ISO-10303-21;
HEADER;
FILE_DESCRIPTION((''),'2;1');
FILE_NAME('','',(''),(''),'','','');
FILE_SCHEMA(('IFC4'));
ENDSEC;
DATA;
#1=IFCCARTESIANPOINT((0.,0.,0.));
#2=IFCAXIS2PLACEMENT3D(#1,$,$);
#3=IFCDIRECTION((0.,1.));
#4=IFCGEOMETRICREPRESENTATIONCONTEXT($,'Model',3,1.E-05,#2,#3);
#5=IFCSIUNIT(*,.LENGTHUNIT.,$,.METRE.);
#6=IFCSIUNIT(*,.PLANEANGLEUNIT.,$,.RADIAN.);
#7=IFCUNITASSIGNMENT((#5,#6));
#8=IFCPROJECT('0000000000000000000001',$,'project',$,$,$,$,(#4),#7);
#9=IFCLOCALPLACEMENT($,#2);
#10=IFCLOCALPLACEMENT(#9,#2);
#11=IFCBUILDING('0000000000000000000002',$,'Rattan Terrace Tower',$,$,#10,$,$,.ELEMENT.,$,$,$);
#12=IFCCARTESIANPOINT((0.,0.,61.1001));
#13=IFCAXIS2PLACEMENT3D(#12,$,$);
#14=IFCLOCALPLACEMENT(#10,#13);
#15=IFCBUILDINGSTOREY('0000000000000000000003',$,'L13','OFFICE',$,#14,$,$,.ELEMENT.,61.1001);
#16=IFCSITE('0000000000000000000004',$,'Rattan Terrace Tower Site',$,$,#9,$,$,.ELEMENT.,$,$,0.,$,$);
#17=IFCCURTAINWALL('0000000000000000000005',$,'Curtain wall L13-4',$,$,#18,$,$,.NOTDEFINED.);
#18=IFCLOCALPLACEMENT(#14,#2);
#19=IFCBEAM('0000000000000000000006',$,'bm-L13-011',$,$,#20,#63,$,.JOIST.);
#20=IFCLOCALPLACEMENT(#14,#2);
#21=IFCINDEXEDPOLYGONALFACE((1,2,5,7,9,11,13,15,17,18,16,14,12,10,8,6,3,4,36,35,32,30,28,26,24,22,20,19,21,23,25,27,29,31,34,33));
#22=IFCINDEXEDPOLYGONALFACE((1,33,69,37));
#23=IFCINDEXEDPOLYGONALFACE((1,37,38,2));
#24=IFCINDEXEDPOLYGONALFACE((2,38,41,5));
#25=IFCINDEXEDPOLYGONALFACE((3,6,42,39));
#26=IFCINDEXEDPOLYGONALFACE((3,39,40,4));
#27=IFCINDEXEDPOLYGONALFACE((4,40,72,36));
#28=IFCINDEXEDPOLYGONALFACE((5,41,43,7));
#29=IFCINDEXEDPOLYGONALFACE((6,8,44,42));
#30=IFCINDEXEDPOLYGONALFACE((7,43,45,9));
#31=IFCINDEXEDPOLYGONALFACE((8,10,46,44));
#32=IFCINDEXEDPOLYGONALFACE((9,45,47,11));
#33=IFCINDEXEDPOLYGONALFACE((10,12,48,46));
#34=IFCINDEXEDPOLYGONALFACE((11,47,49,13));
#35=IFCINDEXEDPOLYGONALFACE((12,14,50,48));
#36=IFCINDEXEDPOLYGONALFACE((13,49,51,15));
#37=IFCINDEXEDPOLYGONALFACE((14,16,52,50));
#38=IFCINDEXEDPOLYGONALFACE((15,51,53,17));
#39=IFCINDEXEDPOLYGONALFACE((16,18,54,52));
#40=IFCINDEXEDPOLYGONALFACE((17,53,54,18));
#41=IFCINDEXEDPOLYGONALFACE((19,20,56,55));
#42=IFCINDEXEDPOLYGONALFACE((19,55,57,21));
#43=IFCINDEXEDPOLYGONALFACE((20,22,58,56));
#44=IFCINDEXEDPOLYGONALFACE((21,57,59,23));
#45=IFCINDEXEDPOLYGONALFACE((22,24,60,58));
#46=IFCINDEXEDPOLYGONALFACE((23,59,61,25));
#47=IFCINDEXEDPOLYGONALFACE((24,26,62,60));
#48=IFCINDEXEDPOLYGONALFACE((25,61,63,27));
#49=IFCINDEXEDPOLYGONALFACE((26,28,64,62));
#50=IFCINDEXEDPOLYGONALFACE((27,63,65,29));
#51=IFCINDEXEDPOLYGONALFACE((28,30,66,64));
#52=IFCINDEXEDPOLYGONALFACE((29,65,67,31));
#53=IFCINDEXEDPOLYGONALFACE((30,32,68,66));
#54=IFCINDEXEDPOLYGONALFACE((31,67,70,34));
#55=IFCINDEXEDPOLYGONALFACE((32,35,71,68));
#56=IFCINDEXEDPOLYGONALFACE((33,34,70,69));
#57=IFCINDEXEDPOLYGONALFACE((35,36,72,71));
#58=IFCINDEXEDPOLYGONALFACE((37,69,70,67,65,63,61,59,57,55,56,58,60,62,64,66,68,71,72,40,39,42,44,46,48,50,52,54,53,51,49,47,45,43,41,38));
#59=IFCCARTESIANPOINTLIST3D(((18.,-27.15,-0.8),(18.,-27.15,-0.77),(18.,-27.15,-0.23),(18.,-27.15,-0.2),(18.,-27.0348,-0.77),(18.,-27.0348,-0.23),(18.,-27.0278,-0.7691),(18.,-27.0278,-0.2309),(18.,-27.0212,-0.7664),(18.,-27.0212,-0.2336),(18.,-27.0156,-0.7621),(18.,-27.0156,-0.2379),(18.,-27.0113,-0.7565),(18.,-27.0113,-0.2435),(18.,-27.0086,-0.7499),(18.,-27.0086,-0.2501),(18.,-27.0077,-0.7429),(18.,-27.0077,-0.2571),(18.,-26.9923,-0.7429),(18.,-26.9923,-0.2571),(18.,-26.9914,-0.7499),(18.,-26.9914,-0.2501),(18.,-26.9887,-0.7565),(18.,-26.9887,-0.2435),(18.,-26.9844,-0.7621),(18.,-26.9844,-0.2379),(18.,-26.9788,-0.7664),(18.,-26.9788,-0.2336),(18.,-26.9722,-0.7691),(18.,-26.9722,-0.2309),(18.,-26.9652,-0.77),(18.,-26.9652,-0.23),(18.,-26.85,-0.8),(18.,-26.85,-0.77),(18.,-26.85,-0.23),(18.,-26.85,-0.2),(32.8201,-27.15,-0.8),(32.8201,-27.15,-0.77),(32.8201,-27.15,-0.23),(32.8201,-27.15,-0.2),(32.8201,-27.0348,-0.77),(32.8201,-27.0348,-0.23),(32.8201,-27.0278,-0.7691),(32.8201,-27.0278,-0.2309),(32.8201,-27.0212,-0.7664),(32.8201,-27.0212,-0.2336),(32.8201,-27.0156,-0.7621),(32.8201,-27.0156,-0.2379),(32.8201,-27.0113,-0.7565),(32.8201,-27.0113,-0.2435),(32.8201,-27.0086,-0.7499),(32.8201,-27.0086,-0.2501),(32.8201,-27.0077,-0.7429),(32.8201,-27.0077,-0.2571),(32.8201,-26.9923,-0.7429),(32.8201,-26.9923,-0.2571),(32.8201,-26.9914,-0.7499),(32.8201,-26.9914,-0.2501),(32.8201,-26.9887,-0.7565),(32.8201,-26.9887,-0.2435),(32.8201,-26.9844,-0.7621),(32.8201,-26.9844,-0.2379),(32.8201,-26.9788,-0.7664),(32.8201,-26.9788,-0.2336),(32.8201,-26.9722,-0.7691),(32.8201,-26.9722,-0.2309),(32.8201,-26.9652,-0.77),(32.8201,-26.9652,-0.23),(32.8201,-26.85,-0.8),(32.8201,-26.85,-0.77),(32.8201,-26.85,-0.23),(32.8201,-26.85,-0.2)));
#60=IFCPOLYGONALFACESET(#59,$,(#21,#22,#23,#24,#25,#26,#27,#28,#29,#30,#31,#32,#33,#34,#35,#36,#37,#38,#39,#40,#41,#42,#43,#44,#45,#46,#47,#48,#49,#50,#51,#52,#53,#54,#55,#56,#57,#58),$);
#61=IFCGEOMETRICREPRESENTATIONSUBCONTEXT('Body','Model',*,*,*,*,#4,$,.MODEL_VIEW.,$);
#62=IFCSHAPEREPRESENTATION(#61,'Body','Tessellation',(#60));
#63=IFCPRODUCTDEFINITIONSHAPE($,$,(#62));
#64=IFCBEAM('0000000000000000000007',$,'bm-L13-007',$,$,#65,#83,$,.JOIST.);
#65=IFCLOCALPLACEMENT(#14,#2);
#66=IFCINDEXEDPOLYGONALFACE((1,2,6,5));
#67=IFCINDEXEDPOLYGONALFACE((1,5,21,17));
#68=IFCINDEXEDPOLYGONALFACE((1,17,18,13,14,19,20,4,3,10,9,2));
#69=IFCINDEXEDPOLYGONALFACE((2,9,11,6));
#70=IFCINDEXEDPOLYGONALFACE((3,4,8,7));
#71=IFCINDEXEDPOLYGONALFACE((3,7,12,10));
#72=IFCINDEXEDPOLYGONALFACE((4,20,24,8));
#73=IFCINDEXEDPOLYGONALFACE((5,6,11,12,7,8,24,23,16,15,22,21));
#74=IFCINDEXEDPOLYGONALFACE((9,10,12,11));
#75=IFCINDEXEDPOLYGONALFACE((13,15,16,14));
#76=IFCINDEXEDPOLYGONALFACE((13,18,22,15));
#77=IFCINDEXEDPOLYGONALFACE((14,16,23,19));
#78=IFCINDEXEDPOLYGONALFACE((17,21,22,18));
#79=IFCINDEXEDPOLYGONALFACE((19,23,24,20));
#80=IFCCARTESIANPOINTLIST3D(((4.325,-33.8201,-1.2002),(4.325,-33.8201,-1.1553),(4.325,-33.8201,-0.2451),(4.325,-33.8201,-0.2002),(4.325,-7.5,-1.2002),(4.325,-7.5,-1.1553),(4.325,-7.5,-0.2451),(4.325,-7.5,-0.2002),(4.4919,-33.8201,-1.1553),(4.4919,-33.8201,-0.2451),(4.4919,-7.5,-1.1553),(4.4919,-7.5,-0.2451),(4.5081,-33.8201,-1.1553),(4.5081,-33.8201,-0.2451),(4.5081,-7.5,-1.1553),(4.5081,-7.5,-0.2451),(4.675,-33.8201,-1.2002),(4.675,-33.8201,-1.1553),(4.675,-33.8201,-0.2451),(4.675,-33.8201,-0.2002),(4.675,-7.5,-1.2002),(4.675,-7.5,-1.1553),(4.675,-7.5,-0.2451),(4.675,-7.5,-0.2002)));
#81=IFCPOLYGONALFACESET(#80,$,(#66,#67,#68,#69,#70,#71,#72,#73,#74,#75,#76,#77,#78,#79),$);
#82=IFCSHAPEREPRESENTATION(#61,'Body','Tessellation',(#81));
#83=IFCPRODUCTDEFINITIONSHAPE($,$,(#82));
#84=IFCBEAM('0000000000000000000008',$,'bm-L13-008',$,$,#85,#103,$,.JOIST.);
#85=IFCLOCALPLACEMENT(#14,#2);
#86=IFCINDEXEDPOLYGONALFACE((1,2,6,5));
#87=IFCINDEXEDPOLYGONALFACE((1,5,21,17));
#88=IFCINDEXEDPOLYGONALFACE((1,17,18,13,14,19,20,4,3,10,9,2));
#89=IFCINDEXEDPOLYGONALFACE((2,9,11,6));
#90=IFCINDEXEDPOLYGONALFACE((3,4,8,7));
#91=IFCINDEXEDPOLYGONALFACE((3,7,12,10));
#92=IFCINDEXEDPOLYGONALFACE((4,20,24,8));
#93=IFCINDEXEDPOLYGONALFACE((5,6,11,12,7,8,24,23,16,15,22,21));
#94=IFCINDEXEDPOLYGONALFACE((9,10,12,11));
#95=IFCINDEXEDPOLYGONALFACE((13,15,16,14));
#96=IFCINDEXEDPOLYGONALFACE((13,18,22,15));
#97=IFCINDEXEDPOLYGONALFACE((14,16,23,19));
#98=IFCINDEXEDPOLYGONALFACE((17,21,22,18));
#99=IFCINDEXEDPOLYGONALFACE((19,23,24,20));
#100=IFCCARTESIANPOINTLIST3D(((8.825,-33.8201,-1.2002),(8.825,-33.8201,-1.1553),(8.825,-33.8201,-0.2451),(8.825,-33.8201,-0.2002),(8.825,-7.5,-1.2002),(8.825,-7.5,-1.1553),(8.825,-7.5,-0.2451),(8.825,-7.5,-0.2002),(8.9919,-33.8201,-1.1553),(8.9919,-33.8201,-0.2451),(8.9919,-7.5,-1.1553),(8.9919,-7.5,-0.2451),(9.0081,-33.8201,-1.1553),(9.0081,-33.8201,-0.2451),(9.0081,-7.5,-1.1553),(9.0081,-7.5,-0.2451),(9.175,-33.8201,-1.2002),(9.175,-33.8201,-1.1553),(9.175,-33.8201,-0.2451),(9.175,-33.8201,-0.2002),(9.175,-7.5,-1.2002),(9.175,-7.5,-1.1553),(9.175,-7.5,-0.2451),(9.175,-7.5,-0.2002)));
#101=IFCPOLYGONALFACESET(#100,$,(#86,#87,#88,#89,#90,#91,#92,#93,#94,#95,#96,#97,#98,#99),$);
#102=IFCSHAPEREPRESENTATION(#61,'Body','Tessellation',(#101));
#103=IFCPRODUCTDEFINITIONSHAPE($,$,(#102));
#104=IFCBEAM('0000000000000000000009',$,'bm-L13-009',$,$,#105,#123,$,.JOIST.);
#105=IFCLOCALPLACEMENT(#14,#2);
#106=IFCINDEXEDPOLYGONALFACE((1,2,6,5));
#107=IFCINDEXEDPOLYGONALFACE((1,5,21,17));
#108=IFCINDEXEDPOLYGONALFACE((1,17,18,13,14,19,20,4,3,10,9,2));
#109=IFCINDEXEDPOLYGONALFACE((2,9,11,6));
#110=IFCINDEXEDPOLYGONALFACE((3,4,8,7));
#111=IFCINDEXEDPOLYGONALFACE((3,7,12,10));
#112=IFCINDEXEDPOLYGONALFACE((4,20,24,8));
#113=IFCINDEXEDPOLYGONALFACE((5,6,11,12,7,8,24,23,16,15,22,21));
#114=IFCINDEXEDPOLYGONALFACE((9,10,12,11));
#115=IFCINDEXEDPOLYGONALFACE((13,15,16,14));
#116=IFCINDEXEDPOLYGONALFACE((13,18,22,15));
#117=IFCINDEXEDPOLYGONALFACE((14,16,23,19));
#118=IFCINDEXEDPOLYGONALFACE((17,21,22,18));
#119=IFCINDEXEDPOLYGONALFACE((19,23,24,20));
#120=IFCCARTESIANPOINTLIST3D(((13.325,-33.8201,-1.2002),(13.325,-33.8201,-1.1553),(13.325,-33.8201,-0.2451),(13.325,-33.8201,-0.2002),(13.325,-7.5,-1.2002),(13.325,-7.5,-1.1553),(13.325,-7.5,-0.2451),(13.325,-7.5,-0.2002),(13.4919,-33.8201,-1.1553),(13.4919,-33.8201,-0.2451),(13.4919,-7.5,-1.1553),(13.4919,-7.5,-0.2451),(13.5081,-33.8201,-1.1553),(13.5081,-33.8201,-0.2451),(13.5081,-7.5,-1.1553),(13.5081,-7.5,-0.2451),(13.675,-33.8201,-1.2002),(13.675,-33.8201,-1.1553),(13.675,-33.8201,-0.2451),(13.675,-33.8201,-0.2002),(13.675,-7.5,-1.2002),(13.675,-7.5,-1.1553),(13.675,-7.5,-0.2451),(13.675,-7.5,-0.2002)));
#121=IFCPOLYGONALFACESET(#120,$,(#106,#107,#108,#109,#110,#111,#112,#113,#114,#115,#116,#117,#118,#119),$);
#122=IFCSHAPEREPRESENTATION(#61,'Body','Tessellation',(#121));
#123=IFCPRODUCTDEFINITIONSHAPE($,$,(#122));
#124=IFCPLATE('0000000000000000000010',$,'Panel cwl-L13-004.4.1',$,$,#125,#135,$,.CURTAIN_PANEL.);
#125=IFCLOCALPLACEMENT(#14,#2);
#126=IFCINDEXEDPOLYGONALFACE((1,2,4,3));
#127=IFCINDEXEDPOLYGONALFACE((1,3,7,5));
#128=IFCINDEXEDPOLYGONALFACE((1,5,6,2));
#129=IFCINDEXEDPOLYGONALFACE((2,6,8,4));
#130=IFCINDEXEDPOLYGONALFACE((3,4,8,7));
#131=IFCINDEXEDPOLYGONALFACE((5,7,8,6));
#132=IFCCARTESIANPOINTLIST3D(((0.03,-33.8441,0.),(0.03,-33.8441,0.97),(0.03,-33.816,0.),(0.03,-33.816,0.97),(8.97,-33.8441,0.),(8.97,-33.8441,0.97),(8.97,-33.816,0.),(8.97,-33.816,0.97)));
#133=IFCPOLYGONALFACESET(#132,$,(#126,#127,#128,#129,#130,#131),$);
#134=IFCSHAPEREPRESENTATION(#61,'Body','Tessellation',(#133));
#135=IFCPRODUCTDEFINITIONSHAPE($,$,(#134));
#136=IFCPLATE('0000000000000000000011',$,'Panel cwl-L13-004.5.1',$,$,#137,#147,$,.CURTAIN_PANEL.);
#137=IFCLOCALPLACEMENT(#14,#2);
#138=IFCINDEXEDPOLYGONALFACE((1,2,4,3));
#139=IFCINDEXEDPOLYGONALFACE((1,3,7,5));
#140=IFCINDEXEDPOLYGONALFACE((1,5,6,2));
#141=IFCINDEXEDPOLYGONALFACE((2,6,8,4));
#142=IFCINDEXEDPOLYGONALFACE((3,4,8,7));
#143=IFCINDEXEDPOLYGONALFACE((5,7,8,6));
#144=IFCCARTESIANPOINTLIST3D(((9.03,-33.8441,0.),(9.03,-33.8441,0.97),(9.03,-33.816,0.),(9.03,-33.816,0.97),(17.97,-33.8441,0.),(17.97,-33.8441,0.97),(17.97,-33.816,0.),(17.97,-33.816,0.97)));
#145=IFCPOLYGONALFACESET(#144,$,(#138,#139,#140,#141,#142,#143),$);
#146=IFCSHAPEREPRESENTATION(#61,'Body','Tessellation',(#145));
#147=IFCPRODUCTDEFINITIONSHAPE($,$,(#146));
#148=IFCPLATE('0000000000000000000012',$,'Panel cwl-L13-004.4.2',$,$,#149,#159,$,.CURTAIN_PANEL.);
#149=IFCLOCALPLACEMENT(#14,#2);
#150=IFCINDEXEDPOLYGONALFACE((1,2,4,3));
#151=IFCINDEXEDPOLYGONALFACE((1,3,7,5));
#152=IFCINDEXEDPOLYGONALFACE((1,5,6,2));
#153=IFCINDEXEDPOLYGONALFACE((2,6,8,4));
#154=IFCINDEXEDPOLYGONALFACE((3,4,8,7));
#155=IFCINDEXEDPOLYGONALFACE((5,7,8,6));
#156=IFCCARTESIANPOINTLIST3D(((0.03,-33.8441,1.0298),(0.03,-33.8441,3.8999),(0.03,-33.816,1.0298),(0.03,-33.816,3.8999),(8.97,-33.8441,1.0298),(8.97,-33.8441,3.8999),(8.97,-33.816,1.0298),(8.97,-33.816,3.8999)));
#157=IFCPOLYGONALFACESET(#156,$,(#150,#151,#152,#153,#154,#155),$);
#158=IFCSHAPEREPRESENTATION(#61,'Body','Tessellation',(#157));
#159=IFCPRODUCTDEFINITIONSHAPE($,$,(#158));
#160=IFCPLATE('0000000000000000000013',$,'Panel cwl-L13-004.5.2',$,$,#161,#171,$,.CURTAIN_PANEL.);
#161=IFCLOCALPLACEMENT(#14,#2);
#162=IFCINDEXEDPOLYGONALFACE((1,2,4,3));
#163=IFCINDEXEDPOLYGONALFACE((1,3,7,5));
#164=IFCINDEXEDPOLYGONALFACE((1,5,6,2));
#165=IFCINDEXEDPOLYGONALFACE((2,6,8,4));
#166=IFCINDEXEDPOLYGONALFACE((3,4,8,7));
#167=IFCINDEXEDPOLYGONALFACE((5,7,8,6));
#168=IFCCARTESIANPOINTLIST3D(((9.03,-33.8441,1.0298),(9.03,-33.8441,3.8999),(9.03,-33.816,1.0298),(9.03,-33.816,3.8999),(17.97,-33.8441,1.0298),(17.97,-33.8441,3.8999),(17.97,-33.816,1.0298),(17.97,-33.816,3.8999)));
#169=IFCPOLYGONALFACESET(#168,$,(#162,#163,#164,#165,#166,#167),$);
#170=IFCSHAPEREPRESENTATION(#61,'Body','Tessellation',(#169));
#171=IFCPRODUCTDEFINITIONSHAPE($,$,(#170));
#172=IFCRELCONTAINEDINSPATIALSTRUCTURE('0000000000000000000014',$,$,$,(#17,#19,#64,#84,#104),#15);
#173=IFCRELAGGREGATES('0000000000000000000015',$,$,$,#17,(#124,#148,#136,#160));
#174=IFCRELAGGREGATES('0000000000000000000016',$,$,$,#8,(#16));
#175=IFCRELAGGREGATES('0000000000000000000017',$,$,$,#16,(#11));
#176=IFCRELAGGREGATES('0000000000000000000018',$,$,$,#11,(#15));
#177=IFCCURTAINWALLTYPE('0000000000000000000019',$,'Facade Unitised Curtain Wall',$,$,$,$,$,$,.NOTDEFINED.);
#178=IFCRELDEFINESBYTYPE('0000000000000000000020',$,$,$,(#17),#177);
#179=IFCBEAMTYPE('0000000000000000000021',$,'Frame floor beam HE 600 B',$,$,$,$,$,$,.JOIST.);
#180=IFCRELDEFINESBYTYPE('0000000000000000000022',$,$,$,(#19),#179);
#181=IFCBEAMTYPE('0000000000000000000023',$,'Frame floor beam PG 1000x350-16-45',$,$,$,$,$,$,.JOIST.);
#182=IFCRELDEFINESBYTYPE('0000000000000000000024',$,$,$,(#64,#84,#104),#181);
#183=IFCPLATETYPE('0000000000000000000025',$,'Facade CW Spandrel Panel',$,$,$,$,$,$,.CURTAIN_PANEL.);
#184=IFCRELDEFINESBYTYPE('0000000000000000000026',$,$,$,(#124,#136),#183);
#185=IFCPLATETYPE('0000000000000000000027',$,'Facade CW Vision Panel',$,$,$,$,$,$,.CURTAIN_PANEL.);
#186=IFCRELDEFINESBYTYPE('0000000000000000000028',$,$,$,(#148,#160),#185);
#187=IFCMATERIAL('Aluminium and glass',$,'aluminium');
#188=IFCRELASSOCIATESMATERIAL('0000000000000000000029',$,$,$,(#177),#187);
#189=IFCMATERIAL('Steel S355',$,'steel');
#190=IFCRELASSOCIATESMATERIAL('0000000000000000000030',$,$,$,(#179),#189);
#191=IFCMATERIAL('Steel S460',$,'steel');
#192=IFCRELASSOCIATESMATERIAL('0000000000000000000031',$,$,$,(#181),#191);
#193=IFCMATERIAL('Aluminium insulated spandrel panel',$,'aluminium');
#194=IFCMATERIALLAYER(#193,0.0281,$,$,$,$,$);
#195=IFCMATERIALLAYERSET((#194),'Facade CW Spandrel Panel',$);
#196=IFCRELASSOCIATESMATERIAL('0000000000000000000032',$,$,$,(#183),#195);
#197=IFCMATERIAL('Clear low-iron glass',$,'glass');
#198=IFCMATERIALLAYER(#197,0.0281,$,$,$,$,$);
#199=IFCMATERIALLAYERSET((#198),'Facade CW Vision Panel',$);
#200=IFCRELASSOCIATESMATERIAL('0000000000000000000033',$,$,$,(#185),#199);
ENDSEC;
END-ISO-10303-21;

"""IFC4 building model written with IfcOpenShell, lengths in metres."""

from ifc_helpers import new_model, si_unit, direction, frame, origin, origin_2d, place, context, subcontext, project, spatial, rectangle, i_section, extrude, material, layer, layer_set, material_profile, profile_set, type_object, element, aggregate, save


model = new_model("IFC4")

# Units and contexts
model_context = context("Model", 3, precision=1e-05, world=origin(), true_north=direction((0.0, 1.0)))
body_context = subcontext(model_context, "Body", "Model", "MODEL_VIEW")
ifc_project = project(units=[si_unit("LENGTHUNIT", "METRE"), si_unit("PLANEANGLEUNIT", "RADIAN")], contexts=[model_context])

# Site, building, storey
site_placement = place(None, origin())
site = spatial("IfcSite", under=ifc_project, at=site_placement, Name="Rattan Terrace Tower Site", CompositionType="ELEMENT", RefElevation=0.0)
building_placement = place(site_placement, origin())
building = spatial("IfcBuilding", under=site, at=building_placement, Name="Rattan Terrace Tower", CompositionType="ELEMENT")
storey_placement = place(building_placement, frame((0.0, 0.0, 61.1001)))
storey = spatial("IfcBuildingStorey", under=building, at=storey_placement, Name="L13", Description="OFFICE", CompositionType="ELEMENT", Elevation=61.1001)

# Curtain wall
ifc_material_1 = material(Name="Aluminium and glass", Category="aluminium")
curtain_wall_type = type_object("IfcCurtainWallType", Name="Facade Unitised Curtain Wall", PredefinedType="NOTDEFINED", material=ifc_material_1)
curtain_wall_placement = place(storey_placement, origin())
curtain_wall = element("IfcCurtainWall", 1, at=curtain_wall_placement, inside=storey, type_object=curtain_wall_type, Name="Curtain wall L13-4", PredefinedType="NOTDEFINED")

# Beams
ifc_material_2 = material(Name="Steel S355", Category="steel")
ifc_material_profile_1 = material_profile(ifc_material_2, i_section(OverallWidth=0.3, OverallDepth=0.6001, WebThickness=0.0154, FlangeThickness=0.03, FilletRadius=0.0271, at=origin_2d()), Name="HE 600 B")
ifc_profile_set_1 = profile_set([ifc_material_profile_1], Name="Steel S355")
beam_type_1 = type_object("IfcBeamType", Name="Frame floor beam HE 600 B", PredefinedType="JOIST", material=ifc_profile_set_1)
beam_1_placement = place(storey_placement, frame((18.0, -27.0, -0.5), z_axis=(1.0, 0.0, 0.0), x_axis=(0.0, 1.0, 0.0)))
element("IfcBeam", 2, at=beam_1_placement, inside=storey, type_object=beam_type_1, Name="bm-L13-011", PredefinedType="JOIST", context=body_context, shape_type="SweptSolid", body=[
    extrude(i_section(OverallWidth=0.3, OverallDepth=0.6001, WebThickness=0.0154, FlangeThickness=0.03, FilletRadius=0.0271, at=origin_2d()), origin(), (0.0, 0.0, 1.0), 14.8201),
])
ifc_material_3 = material(Name="Steel S460", Category="steel")
ifc_material_profile_2 = material_profile(ifc_material_3, i_section(OverallWidth=0.3501, OverallDepth=1.0, WebThickness=0.0161, FlangeThickness=0.0449, at=origin_2d()), Name="PG 1000x350-16-45")
ifc_profile_set_2 = profile_set([ifc_material_profile_2], Name="Steel S460")
beam_type_2 = type_object("IfcBeamType", Name="Frame floor beam PG 1000x350-16-45", PredefinedType="JOIST", material=ifc_profile_set_2)
for number, where, z_axis, x_axis, name in (
    (3, (4.5, -33.8201, -0.7002), (0.0, 1.0, 0.0), (-1.0, 0.0, 0.0), "bm-L13-007"),
    (4, (9.0, -33.8201, -0.7002), (0.0, 1.0, 0.0), (-1.0, 0.0, 0.0), "bm-L13-008"),
    (5, (13.5, -33.8201, -0.7002), (0.0, 1.0, 0.0), (-1.0, 0.0, 0.0), "bm-L13-009"),
):
    element("IfcBeam", number, at=place(storey_placement, frame(where, z_axis=z_axis, x_axis=x_axis)), inside=storey, type_object=beam_type_2, Name=name, PredefinedType="JOIST", context=body_context, shape_type="SweptSolid", body=[
        extrude(i_section(OverallWidth=0.3501, OverallDepth=1.0, WebThickness=0.0161, FlangeThickness=0.0449, at=origin_2d()), origin(), (0.0, 0.0, 1.0), 26.3201),
    ])

# Plates
ifc_material_4 = material(Name="Aluminium insulated spandrel panel", Category="aluminium")
ifc_layer_1 = layer(ifc_material_4, 0.0281)
ifc_layer_set_1 = layer_set([ifc_layer_1], Name="Facade CW Spandrel Panel")
plate_type_1 = type_object("IfcPlateType", Name="Facade CW Spandrel Panel", PredefinedType="CURTAIN_PANEL", material=ifc_layer_set_1)
plate_1_placement = place(storey_placement, frame((4.5, -33.8301, 0.0), z_axis=(0.0, 0.0, 1.0), x_axis=(1.0, 0.0, 0.0)))
plate_1 = element("IfcPlate", 6, at=plate_1_placement, type_object=plate_type_1, Name="Panel cwl-L13-004.4.1", PredefinedType="CURTAIN_PANEL", context=body_context, shape_type="SweptSolid", body=[
    extrude(rectangle(XDim=8.9399, YDim=0.0281, at=origin_2d()), origin(), (0.0, 0.0, 1.0), 0.97),
])
plate_2_placement = place(storey_placement, frame((13.5, -33.8301, 0.0), z_axis=(0.0, 0.0, 1.0), x_axis=(1.0, 0.0, 0.0)))
plate_2 = element("IfcPlate", 7, at=plate_2_placement, type_object=plate_type_1, Name="Panel cwl-L13-004.5.1", PredefinedType="CURTAIN_PANEL", context=body_context, shape_type="SweptSolid", body=[
    extrude(rectangle(XDim=8.9399, YDim=0.0281, at=origin_2d()), origin(), (0.0, 0.0, 1.0), 0.97),
])
ifc_material_5 = material(Name="Clear low-iron glass", Category="glass")
ifc_layer_2 = layer(ifc_material_5, 0.0281)
ifc_layer_set_2 = layer_set([ifc_layer_2], Name="Facade CW Vision Panel")
plate_type_2 = type_object("IfcPlateType", Name="Facade CW Vision Panel", PredefinedType="CURTAIN_PANEL", material=ifc_layer_set_2)
plate_3_placement = place(storey_placement, frame((4.5, -33.8301, 1.0298), z_axis=(0.0, 0.0, 1.0), x_axis=(1.0, 0.0, 0.0)))
plate_3 = element("IfcPlate", 8, at=plate_3_placement, type_object=plate_type_2, Name="Panel cwl-L13-004.4.2", PredefinedType="CURTAIN_PANEL", context=body_context, shape_type="SweptSolid", body=[
    extrude(rectangle(XDim=8.9399, YDim=0.0281, at=origin_2d()), origin(), (0.0, 0.0, 1.0), 2.8701),
])
plate_4_placement = place(storey_placement, frame((13.5, -33.8301, 1.0298), z_axis=(0.0, 0.0, 1.0), x_axis=(1.0, 0.0, 0.0)))
plate_4 = element("IfcPlate", 9, at=plate_4_placement, type_object=plate_type_2, Name="Panel cwl-L13-004.5.2", PredefinedType="CURTAIN_PANEL", context=body_context, shape_type="SweptSolid", body=[
    extrude(rectangle(XDim=8.9399, YDim=0.0281, at=origin_2d()), origin(), (0.0, 0.0, 1.0), 2.8701),
])
aggregate(curtain_wall, [plate_1, plate_3, plate_2, plate_4])

save(model, "model.ifc")
